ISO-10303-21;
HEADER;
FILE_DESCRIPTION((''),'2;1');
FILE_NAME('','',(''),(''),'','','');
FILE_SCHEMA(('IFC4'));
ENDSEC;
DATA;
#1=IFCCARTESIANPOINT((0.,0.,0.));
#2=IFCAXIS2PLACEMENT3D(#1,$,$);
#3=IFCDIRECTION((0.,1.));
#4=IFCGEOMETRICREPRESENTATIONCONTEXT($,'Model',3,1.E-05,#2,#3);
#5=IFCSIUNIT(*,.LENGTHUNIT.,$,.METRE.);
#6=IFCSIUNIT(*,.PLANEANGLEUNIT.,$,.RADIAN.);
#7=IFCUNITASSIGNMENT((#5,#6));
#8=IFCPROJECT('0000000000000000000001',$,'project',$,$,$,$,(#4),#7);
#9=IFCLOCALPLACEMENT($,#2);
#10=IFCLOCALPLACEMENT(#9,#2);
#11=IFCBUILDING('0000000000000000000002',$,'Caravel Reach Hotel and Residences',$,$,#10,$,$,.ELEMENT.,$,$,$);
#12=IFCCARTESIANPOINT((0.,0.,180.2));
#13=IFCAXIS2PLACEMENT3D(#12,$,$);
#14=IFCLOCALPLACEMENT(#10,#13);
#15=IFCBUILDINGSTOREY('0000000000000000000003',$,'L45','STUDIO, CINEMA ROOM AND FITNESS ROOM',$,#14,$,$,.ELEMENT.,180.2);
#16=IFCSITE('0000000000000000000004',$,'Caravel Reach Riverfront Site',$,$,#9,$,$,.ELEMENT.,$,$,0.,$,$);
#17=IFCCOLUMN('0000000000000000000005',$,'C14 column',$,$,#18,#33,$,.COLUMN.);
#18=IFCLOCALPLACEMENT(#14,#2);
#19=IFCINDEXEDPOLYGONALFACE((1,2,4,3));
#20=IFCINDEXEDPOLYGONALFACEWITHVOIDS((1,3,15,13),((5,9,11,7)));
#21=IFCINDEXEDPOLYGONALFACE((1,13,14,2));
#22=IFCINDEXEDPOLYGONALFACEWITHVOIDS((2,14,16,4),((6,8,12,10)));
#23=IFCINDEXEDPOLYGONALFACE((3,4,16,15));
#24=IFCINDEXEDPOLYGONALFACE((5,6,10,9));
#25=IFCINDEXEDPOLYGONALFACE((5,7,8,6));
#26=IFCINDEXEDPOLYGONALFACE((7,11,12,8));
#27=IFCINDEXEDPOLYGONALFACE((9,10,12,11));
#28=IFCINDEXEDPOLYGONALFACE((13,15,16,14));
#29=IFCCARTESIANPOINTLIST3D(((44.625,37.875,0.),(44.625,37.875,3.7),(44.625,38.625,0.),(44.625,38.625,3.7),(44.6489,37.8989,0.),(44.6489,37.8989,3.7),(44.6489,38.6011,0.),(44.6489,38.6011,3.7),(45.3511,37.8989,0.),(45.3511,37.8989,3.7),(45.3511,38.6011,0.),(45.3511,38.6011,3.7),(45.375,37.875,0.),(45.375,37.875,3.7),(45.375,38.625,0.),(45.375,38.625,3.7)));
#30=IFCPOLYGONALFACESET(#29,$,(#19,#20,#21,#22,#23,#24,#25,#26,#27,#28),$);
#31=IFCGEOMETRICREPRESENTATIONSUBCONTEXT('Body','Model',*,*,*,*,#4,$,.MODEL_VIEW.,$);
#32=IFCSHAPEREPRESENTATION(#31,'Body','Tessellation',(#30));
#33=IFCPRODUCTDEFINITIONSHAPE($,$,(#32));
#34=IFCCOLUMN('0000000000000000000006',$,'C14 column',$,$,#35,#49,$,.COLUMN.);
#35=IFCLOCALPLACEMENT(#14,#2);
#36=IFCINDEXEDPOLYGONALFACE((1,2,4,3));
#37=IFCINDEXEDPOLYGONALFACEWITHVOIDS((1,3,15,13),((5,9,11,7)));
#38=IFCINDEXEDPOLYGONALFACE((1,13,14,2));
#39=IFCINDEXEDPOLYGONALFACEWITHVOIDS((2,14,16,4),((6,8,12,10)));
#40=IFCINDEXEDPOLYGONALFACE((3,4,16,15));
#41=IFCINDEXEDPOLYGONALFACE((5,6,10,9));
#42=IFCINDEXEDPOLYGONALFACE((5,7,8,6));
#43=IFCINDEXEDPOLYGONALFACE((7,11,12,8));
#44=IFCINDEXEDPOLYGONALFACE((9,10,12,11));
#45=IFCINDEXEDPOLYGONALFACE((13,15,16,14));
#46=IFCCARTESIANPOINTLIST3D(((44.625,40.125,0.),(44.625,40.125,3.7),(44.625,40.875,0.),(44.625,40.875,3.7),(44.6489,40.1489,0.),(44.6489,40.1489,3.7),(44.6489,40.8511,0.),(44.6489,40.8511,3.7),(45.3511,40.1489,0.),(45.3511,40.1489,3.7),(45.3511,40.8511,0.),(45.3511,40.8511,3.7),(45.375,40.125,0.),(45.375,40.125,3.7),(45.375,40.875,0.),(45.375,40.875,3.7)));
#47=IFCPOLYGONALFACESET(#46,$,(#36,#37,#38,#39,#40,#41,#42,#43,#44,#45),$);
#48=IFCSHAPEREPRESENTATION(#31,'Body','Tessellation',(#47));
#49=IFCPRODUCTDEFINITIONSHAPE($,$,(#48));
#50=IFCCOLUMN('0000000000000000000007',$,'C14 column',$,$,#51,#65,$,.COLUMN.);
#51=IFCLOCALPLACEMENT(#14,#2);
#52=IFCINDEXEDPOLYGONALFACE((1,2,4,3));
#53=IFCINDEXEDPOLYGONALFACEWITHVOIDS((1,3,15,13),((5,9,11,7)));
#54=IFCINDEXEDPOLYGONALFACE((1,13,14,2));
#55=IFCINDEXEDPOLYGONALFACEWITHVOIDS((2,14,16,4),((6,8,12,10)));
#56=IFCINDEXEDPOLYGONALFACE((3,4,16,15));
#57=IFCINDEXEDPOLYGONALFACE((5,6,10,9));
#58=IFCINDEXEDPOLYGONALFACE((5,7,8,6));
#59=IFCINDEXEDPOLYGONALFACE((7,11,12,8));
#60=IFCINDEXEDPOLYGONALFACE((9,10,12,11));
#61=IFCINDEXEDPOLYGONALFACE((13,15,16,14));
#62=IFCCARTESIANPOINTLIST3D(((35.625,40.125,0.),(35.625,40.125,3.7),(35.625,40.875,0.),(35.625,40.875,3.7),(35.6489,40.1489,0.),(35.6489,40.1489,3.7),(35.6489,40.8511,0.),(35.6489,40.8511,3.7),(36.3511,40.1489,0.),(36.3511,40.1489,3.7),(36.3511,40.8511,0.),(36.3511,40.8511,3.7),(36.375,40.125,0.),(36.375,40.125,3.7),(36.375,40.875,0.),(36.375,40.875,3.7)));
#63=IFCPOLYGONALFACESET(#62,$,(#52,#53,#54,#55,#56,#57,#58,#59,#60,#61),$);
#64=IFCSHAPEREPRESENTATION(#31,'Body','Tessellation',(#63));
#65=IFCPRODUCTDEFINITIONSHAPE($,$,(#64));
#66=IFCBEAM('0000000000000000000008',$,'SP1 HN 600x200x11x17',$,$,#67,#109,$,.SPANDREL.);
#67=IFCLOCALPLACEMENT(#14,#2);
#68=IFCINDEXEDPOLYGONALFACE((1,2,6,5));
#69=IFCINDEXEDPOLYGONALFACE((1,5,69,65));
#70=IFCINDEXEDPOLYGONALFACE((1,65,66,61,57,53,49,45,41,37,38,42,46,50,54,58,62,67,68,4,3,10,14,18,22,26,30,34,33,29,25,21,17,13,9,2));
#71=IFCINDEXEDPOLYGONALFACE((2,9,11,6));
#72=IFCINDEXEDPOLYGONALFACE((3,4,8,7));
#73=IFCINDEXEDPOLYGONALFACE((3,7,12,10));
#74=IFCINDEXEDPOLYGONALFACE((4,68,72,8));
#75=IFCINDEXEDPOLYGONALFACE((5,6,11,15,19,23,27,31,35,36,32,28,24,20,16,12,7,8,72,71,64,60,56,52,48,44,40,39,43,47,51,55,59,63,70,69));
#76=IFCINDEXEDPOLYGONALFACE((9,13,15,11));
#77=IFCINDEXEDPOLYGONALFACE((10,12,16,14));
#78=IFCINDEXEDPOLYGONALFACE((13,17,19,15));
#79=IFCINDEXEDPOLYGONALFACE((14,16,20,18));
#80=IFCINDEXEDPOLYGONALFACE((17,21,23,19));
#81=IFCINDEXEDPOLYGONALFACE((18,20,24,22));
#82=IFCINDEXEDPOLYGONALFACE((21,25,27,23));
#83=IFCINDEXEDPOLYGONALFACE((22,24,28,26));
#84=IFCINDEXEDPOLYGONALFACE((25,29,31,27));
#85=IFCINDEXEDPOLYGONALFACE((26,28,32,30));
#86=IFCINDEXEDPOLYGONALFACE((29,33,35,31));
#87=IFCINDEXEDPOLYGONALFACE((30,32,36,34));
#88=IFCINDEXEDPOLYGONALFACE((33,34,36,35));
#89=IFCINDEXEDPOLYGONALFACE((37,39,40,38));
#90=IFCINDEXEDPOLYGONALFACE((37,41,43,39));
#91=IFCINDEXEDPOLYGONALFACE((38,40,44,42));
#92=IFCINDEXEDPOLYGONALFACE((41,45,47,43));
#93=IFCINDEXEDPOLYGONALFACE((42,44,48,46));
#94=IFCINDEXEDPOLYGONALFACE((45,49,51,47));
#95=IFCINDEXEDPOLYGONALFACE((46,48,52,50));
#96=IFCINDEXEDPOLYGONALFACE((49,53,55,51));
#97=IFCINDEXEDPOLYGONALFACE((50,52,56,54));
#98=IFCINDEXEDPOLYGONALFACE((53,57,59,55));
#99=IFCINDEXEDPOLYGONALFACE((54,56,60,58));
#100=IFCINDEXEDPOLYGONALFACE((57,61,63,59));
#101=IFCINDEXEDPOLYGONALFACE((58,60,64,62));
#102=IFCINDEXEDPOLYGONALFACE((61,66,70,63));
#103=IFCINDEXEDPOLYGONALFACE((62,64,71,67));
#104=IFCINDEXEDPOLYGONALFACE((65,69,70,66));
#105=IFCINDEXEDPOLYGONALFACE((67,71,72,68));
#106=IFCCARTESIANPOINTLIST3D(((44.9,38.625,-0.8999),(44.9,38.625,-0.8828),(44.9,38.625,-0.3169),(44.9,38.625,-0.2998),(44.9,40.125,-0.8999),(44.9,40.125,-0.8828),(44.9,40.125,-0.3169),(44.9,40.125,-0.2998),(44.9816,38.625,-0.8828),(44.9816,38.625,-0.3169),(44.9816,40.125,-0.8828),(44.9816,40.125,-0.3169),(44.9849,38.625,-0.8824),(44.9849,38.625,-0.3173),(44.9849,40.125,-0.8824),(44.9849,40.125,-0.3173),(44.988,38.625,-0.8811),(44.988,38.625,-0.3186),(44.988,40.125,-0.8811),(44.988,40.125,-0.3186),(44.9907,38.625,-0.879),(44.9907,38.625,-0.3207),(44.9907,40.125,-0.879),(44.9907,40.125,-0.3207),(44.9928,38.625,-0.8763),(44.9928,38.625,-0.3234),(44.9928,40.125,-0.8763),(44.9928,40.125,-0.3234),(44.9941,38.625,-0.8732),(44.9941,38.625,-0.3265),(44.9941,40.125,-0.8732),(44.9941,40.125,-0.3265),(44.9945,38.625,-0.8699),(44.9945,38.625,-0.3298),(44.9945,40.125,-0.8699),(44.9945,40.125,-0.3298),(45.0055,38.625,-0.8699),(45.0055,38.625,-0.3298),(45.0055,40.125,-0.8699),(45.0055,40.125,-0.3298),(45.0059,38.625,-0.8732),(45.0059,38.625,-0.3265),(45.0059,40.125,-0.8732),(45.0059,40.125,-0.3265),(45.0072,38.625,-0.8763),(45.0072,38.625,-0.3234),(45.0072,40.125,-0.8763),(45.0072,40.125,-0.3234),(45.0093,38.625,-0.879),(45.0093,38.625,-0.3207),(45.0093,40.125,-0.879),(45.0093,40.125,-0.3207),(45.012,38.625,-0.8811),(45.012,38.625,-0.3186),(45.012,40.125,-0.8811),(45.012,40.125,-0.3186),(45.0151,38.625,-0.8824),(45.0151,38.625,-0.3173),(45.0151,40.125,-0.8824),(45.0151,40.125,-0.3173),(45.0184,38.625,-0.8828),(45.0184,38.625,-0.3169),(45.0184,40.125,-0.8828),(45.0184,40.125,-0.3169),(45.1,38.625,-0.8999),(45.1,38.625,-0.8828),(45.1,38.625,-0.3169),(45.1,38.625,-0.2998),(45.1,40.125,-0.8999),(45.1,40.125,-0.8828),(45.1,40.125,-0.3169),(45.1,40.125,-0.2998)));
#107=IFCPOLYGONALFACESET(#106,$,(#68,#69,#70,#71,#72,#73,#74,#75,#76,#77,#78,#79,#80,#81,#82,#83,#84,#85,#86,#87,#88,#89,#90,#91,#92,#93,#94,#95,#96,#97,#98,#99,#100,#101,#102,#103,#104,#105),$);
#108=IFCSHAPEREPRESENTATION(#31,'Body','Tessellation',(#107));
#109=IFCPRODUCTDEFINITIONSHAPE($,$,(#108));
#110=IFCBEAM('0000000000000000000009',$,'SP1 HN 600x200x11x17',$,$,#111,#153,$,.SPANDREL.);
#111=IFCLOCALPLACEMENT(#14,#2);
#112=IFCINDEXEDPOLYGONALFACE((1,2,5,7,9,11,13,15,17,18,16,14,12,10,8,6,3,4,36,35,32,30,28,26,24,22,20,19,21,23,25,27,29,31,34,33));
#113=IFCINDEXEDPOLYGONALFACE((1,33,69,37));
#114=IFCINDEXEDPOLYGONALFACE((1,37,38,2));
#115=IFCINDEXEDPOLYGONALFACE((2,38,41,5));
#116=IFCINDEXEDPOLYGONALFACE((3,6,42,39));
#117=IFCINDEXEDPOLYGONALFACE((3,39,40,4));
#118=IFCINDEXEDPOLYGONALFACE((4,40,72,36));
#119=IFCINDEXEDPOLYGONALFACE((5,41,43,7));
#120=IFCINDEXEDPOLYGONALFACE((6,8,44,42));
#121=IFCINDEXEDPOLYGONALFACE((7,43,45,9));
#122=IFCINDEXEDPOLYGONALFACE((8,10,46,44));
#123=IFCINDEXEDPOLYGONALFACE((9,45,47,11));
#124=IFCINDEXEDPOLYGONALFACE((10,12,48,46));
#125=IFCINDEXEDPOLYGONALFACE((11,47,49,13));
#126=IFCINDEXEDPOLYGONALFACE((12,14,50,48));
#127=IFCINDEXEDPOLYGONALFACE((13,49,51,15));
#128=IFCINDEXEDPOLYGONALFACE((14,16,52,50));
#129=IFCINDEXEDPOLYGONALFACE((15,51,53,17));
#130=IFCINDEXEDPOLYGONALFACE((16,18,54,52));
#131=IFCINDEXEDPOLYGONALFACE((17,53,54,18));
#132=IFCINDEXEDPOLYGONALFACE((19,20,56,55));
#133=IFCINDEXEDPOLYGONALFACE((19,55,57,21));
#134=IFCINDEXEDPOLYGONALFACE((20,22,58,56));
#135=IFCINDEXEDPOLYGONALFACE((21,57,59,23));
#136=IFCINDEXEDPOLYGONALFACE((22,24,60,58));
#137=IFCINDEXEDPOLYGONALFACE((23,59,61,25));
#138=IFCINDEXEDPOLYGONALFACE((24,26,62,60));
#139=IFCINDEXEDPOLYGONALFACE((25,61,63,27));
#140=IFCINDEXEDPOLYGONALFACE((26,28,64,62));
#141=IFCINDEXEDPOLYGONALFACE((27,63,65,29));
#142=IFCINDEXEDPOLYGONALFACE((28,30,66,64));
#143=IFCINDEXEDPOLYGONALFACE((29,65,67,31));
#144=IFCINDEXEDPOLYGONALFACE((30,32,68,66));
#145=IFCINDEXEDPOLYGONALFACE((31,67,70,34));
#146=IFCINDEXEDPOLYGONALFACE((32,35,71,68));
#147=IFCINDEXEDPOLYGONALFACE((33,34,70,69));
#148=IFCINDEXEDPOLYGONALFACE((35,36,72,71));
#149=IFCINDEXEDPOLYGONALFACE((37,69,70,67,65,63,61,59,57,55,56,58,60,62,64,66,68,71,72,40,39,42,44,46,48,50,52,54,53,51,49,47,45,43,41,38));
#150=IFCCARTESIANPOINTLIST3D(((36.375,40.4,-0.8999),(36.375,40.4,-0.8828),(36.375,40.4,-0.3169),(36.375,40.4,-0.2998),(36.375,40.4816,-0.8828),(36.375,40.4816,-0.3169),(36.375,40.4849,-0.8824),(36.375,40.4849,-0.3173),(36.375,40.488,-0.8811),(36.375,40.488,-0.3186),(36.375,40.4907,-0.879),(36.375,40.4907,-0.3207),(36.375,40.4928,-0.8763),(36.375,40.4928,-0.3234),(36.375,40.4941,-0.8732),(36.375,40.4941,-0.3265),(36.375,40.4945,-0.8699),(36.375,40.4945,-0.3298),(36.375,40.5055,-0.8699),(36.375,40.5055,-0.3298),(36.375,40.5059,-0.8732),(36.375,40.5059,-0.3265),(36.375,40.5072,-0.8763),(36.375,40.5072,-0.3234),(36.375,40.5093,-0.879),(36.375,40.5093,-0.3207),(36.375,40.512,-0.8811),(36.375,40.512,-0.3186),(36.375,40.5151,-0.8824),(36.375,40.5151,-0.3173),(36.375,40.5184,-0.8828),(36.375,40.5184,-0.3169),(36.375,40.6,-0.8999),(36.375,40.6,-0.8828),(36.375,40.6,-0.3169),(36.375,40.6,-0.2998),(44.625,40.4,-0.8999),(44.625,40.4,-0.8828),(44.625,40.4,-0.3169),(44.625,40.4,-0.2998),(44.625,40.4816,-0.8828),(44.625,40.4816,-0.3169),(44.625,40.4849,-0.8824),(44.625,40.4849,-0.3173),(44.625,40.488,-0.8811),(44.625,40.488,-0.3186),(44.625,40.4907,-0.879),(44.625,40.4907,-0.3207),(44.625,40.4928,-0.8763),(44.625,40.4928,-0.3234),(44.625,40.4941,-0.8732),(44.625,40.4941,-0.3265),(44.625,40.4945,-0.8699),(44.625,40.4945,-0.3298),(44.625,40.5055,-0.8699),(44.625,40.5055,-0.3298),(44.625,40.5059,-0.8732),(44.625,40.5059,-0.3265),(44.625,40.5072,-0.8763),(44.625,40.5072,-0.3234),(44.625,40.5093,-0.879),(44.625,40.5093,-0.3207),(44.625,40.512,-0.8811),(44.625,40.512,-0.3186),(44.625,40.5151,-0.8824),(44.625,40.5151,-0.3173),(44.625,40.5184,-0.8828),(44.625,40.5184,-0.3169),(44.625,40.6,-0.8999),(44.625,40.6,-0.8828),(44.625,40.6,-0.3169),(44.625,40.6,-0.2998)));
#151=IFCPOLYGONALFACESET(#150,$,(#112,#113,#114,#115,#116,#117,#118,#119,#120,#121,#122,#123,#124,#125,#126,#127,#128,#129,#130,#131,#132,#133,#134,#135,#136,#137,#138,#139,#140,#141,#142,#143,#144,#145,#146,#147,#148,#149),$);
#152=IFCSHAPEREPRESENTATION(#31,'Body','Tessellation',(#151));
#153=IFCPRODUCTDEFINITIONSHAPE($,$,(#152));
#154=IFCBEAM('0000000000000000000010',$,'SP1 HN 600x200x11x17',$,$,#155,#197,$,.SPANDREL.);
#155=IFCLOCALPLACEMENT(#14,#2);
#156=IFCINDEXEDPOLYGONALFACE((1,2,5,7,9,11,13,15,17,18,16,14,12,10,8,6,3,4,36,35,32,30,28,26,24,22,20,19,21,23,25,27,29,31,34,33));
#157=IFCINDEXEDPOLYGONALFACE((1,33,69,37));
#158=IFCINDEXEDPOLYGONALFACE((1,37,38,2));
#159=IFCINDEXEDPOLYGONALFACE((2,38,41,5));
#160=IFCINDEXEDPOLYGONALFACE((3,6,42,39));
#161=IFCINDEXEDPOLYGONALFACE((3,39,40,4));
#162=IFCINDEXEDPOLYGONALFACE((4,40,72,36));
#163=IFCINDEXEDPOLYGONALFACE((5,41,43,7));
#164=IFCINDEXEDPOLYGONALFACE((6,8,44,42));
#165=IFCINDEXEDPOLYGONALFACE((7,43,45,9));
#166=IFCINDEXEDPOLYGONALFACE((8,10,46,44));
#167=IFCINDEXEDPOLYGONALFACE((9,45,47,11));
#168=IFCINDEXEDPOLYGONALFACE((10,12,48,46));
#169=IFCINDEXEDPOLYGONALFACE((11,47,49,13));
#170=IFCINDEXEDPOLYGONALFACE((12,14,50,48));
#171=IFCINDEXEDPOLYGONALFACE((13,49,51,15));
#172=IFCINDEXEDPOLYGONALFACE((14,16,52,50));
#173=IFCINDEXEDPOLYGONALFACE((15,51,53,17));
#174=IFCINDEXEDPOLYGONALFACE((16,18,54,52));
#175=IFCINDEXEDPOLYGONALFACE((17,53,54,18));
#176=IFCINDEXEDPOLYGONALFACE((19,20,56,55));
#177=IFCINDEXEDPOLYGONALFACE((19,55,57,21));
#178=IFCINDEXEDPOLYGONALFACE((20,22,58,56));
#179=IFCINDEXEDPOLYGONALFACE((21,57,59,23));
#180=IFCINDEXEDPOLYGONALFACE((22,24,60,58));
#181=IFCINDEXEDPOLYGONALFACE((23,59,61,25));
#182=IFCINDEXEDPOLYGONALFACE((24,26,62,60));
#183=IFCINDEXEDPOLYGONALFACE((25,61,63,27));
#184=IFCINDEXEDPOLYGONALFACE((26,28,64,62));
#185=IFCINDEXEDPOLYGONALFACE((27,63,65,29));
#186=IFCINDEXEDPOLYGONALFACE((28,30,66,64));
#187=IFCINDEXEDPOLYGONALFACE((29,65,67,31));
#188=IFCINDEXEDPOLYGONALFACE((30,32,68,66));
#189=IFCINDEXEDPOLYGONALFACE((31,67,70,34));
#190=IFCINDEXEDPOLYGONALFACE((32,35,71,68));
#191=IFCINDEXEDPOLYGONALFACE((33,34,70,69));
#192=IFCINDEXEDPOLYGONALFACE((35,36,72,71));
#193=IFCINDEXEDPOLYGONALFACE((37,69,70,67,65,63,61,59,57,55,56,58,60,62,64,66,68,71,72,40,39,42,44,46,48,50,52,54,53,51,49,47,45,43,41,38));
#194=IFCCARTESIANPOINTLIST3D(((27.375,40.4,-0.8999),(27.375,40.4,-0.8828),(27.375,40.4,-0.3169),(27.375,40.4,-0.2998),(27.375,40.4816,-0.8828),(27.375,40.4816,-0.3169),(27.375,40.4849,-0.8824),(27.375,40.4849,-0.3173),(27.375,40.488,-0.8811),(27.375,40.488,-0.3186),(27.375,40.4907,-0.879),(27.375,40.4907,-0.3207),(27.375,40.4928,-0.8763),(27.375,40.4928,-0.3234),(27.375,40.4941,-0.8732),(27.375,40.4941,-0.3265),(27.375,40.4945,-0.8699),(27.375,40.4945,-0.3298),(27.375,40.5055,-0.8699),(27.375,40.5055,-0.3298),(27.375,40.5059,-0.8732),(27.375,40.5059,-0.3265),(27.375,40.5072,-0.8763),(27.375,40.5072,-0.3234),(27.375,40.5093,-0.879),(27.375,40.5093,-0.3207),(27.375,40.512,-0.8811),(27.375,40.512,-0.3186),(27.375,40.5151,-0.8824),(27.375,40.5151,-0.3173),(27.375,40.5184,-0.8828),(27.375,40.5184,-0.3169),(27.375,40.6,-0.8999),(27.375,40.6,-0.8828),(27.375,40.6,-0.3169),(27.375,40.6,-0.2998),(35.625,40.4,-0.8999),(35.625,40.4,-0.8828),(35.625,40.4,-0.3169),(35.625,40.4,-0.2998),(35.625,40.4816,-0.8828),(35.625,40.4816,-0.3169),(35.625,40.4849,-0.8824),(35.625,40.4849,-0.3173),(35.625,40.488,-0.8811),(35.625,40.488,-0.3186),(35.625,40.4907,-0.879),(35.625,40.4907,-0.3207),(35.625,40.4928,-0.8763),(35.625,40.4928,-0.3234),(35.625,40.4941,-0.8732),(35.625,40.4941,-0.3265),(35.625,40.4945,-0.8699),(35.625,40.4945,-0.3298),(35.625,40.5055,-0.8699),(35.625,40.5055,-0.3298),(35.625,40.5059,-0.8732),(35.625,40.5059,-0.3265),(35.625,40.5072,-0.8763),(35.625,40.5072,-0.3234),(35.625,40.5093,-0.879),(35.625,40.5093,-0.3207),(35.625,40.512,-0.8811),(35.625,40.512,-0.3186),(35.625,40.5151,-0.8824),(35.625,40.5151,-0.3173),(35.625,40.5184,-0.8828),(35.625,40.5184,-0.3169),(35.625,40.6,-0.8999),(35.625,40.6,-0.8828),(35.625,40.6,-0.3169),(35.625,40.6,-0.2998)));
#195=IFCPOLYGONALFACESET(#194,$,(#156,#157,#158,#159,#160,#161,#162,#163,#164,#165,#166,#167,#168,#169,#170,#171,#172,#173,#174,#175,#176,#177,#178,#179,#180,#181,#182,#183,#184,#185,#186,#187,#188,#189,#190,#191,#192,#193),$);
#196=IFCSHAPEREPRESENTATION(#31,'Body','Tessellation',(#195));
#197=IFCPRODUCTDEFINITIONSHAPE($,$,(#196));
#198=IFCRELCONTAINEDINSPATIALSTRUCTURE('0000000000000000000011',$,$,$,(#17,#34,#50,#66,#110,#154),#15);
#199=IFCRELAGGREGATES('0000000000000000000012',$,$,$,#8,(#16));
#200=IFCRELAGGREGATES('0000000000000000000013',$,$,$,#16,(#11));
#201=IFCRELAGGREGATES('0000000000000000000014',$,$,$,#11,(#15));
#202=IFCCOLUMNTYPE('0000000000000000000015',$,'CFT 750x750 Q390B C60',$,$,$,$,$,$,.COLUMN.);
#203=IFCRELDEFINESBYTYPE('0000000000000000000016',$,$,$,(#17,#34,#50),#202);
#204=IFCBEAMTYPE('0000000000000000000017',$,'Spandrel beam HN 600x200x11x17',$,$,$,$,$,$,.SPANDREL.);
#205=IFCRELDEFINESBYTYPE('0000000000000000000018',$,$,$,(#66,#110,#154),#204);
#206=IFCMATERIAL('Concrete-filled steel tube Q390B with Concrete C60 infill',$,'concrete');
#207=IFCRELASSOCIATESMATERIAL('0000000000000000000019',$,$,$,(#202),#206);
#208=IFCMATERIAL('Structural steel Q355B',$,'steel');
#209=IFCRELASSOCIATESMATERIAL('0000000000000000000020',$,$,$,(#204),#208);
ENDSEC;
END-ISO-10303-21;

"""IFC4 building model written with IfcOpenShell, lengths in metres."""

from ifc_helpers import new_model, si_unit, direction, frame, origin, origin_2d, place, context, subcontext, project, spatial, hollow_rectangle, i_section, extrude, material, material_profile, profile_set, type_object, element, save


model = new_model("IFC4")

# Units and contexts
model_context = context("Model", 3, precision=1e-05, world=origin(), true_north=direction((0.0, 1.0)))
body_context = subcontext(model_context, "Body", "Model", "MODEL_VIEW")
ifc_project = project(units=[si_unit("LENGTHUNIT", "METRE"), si_unit("PLANEANGLEUNIT", "RADIAN")], contexts=[model_context])

# Site, building, storey
site_placement = place(None, origin())
site = spatial("IfcSite", under=ifc_project, at=site_placement, Name="Caravel Reach Riverfront Site", CompositionType="ELEMENT", RefElevation=0.0)
building_placement = place(site_placement, origin())
building = spatial("IfcBuilding", under=site, at=building_placement, Name="Caravel Reach Hotel and Residences", CompositionType="ELEMENT")
storey_placement = place(building_placement, frame((0.0, 0.0, 180.2)))
storey = spatial("IfcBuildingStorey", under=building, at=storey_placement, Name="L45", Description="STUDIO, CINEMA ROOM AND FITNESS ROOM", CompositionType="ELEMENT", Elevation=180.2)

# Columns
ifc_material_1 = material(Name="Concrete-filled steel tube Q390B with Concrete C60 infill", Category="concrete")
ifc_material_profile_1 = material_profile(ifc_material_1, hollow_rectangle(XDim=0.75, YDim=0.75, WallThickness=0.0239, at=origin_2d()), Name="RHS 750x750x24")
ifc_profile_set_1 = profile_set([ifc_material_profile_1], Name="Concrete-filled steel tube Q390B with Concrete C60 infill")
column_type = type_object("IfcColumnType", Name="CFT 750x750 Q390B C60", PredefinedType="COLUMN", material=ifc_profile_set_1)
for number, where, z_axis, x_axis, name in (
    (1, (45.0, 38.25, 0.0), (0.0, 0.0, 1.0), (1.0, 0.0, 0.0), "C14 column"),
    (2, (45.0, 40.5, 0.0), (0.0, 0.0, 1.0), (1.0, 0.0, 0.0), "C14 column"),
    (3, (36.0, 40.5, 0.0), (0.0, 0.0, 1.0), (1.0, 0.0, 0.0), "C14 column"),
):
    element("IfcColumn", number, at=place(storey_placement, frame(where, z_axis=z_axis, x_axis=x_axis)), inside=storey, type_object=column_type, Name=name, PredefinedType="COLUMN", context=body_context, shape_type="SweptSolid", body=[
        extrude(hollow_rectangle(XDim=0.75, YDim=0.75, WallThickness=0.0239, at=origin_2d()), origin(), (0.0, 0.0, 1.0), 3.7),
    ])

# Beams
ifc_material_2 = material(Name="Structural steel Q355B", Category="steel")
ifc_material_profile_2 = material_profile(ifc_material_2, i_section(OverallWidth=0.2, OverallDepth=0.6001, WebThickness=0.011, FlangeThickness=0.0171, FilletRadius=0.0129, at=origin_2d()), Name="HN 600x200x11x17")
ifc_profile_set_2 = profile_set([ifc_material_profile_2], Name="Structural steel Q355B")
beam_type = type_object("IfcBeamType", Name="Spandrel beam HN 600x200x11x17", PredefinedType="SPANDREL", material=ifc_profile_set_2)
beam_placement = place(storey_placement, frame((45.0, 38.625, -0.5999), z_axis=(0.0, 1.0, 0.0), x_axis=(-1.0, 0.0, 0.0)))
element("IfcBeam", 4, at=beam_placement, inside=storey, type_object=beam_type, Name="SP1 HN 600x200x11x17", PredefinedType="SPANDREL", context=body_context, shape_type="SweptSolid", body=[
    extrude(i_section(OverallWidth=0.2, OverallDepth=0.6001, WebThickness=0.011, FlangeThickness=0.0171, FilletRadius=0.0129, at=origin_2d()), origin(), (0.0, 0.0, 1.0), 1.5),
])
for number, where, z_axis, x_axis, name in (
    (5, (44.625, 40.5, -0.5999), (-1.0, 0.0, 0.0), (0.0, -1.0, 0.0), "SP1 HN 600x200x11x17"),
    (6, (35.625, 40.5, -0.5999), (-1.0, 0.0, 0.0), (0.0, -1.0, 0.0), "SP1 HN 600x200x11x17"),
):
    element("IfcBeam", number, at=place(storey_placement, frame(where, z_axis=z_axis, x_axis=x_axis)), inside=storey, type_object=beam_type, Name=name, PredefinedType="SPANDREL", context=body_context, shape_type="SweptSolid", body=[
        extrude(i_section(OverallWidth=0.2, OverallDepth=0.6001, WebThickness=0.011, FlangeThickness=0.0171, FilletRadius=0.0129, at=origin_2d()), origin(), (0.0, 0.0, 1.0), 8.25),
    ])

save(model, "model.ifc")
